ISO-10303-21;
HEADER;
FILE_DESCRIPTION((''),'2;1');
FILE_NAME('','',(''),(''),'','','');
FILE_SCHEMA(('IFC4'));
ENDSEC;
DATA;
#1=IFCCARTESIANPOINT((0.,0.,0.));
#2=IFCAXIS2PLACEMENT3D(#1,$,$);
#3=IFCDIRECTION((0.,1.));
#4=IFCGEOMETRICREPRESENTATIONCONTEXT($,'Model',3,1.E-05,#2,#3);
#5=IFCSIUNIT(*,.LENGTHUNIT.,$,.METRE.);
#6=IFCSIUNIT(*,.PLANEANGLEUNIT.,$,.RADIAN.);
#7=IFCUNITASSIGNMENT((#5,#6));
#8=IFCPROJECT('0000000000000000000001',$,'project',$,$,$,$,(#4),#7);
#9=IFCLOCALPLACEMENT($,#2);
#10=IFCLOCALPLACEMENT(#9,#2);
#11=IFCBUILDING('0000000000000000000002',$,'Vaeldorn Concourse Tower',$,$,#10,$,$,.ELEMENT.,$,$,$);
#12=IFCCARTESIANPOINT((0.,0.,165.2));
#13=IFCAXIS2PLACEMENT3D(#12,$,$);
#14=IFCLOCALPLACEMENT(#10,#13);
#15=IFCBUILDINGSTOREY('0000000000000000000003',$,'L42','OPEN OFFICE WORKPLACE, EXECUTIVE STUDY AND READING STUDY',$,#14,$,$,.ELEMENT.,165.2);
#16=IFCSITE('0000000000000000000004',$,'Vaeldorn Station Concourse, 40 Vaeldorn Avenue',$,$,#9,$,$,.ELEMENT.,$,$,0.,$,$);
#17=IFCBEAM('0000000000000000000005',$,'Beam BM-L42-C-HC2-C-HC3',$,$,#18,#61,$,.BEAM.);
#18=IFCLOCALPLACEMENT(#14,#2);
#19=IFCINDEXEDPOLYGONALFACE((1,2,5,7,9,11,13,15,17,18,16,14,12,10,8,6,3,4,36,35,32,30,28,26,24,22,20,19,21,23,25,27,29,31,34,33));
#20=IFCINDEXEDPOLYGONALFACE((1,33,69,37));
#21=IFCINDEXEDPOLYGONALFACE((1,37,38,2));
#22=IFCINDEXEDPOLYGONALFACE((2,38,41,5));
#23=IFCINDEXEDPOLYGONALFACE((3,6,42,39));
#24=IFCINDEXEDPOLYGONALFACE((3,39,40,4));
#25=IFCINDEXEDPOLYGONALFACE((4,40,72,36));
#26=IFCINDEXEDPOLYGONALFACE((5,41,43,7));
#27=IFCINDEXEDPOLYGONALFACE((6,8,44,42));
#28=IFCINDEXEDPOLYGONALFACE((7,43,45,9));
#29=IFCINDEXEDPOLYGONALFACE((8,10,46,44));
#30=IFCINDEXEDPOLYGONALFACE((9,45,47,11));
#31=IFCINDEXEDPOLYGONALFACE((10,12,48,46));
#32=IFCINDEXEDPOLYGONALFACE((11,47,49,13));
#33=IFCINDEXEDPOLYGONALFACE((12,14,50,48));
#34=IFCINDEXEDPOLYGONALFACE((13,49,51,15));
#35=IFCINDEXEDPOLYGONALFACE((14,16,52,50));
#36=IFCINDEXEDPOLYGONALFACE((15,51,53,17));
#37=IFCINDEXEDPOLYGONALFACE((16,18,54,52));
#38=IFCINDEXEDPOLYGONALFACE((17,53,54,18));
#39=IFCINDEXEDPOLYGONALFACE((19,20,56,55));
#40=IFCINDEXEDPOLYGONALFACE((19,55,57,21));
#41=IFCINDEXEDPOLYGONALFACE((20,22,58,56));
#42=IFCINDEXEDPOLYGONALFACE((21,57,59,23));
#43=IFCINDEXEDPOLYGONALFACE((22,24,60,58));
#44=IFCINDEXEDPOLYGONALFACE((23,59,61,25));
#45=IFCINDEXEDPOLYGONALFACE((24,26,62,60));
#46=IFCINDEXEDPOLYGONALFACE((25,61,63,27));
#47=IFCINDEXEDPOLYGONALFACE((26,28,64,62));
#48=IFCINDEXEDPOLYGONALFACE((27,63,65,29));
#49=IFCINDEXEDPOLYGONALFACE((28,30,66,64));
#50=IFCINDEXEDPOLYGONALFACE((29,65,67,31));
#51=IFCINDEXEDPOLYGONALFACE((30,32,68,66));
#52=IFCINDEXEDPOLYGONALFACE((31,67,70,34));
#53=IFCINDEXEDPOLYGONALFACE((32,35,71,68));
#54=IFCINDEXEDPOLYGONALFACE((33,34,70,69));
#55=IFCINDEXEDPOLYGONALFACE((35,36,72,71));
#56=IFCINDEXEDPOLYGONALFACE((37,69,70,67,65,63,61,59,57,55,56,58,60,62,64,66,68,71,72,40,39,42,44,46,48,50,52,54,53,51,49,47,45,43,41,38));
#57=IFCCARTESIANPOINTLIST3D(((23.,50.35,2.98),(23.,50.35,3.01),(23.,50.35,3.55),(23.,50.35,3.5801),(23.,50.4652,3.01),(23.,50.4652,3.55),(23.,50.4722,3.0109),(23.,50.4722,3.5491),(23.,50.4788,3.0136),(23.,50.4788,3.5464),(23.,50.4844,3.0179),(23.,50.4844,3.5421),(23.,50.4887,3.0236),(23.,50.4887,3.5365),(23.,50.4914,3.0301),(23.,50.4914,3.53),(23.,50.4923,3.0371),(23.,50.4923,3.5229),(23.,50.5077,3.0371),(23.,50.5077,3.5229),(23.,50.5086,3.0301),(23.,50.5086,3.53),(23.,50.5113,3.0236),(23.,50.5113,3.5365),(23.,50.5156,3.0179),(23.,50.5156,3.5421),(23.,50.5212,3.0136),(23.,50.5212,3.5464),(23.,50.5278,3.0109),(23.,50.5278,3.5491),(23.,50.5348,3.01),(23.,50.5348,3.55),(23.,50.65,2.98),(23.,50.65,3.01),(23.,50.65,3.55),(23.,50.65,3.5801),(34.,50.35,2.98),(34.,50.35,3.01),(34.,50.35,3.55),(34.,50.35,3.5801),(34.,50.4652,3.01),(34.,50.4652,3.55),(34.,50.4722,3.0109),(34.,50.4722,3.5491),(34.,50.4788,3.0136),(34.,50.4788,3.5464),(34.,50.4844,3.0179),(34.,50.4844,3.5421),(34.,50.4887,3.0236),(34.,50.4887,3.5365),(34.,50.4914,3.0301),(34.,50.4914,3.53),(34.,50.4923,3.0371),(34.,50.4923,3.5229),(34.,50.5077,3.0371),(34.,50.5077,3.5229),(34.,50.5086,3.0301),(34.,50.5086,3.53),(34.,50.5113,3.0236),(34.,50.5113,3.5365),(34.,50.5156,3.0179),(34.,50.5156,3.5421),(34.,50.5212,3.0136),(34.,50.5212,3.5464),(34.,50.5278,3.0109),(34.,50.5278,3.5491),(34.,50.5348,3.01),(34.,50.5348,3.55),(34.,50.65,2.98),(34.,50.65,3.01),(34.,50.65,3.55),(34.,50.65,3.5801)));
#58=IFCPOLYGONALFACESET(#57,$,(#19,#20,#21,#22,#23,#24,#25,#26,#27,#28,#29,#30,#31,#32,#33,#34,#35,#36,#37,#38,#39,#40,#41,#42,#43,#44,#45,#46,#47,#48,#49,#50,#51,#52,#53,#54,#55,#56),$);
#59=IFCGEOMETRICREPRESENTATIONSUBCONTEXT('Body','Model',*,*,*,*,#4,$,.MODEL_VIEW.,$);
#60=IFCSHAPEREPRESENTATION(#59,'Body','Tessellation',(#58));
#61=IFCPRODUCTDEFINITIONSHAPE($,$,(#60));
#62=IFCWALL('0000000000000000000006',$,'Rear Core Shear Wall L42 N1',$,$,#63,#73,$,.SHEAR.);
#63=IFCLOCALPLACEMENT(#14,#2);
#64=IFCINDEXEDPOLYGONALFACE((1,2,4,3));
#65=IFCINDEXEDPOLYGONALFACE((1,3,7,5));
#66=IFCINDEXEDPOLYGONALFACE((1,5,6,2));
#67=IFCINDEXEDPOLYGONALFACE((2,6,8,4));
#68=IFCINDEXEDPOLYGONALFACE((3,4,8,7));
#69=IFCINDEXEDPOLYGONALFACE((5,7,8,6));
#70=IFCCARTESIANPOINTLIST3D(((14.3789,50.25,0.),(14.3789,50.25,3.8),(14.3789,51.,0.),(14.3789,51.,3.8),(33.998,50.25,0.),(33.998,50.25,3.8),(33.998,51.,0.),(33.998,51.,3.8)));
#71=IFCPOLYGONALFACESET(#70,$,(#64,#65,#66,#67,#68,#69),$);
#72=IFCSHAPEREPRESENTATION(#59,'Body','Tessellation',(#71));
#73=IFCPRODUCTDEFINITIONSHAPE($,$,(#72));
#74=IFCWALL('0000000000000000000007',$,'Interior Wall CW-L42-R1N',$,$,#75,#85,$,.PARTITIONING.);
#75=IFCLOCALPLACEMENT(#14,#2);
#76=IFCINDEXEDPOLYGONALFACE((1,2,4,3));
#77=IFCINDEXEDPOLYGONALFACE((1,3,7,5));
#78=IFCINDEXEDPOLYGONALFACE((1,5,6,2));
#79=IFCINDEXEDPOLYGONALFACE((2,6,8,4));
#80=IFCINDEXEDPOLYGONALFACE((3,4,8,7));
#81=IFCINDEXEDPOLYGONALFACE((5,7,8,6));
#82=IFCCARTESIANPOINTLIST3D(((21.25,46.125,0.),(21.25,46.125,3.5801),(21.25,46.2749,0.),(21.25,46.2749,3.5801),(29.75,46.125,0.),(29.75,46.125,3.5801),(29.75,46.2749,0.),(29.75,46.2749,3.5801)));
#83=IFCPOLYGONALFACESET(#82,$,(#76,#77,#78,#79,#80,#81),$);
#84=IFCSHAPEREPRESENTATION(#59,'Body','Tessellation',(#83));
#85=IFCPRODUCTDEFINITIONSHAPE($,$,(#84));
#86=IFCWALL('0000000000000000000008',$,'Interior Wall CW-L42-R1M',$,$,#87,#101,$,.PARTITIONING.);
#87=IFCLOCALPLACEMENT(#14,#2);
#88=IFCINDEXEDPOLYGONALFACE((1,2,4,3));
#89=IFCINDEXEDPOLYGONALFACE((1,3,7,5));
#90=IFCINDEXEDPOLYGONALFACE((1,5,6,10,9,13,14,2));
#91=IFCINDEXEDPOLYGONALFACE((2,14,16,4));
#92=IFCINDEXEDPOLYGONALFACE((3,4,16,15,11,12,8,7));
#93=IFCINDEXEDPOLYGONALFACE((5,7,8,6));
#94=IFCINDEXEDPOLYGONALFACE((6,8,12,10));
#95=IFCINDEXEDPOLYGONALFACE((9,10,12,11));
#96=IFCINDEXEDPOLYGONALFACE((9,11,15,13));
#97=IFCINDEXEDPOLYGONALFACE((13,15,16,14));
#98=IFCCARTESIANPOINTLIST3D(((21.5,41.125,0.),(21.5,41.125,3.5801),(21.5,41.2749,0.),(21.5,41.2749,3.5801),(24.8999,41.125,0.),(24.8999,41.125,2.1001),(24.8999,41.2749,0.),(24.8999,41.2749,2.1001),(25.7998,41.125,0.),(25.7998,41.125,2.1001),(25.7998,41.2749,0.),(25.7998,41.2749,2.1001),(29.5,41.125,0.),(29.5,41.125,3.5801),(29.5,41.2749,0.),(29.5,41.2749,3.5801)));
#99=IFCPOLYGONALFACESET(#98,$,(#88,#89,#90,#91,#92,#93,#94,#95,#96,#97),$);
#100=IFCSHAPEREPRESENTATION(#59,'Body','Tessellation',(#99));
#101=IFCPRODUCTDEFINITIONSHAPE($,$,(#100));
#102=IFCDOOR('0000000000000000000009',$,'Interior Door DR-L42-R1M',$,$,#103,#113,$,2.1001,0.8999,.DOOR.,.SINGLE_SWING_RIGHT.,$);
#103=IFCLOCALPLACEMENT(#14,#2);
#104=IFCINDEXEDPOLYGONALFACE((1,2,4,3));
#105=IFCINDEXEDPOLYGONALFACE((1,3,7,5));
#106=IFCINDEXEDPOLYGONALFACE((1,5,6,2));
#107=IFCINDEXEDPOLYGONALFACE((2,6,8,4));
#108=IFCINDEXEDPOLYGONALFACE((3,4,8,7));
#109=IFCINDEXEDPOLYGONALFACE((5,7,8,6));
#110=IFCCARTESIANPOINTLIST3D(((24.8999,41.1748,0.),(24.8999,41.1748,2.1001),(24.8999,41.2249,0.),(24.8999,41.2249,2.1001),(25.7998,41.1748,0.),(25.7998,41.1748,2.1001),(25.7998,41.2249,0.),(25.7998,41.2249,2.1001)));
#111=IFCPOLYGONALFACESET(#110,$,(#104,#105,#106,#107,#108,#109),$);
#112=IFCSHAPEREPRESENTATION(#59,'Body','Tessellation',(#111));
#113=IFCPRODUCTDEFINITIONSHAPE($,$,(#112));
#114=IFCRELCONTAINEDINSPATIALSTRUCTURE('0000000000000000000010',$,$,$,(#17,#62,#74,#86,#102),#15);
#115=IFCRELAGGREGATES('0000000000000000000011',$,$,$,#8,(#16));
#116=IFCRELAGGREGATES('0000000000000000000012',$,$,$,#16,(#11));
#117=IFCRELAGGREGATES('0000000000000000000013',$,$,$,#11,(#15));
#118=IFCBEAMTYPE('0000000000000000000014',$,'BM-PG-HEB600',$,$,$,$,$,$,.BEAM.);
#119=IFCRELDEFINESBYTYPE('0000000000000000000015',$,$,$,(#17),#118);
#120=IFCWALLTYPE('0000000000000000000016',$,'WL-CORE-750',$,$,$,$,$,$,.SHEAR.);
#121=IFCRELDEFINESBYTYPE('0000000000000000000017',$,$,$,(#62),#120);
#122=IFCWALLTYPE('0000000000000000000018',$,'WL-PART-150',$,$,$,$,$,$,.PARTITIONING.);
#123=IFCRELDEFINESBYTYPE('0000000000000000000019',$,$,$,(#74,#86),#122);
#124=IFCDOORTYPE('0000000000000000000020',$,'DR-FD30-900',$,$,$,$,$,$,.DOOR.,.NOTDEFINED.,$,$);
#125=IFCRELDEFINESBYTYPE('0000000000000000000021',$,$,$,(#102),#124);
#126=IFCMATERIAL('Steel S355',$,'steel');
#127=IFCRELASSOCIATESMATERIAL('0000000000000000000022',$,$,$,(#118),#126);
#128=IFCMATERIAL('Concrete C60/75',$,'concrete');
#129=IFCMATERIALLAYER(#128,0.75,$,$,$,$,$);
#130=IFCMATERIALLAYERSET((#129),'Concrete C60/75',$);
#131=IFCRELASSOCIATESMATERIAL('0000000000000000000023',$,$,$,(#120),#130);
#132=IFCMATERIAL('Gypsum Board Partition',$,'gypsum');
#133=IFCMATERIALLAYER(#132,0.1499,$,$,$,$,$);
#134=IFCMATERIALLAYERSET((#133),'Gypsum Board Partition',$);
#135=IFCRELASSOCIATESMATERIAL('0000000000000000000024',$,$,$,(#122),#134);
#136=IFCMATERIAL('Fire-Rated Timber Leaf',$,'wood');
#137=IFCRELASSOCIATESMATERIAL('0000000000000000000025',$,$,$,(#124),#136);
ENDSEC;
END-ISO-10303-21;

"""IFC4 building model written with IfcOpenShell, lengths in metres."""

from ifc_helpers import new_model, si_unit, direction, frame, frame_2d, origin, origin_2d, place, context, subcontext, project, spatial, rectangle, i_section, extrude, source, transform, mapped, material, layer, layer_set, material_profile, profile_set, type_object, element, fill, save


model = new_model("IFC4")

# Units and contexts
model_context = context("Model", 3, precision=1e-05, world=origin(), true_north=direction((0.0, 1.0)))
body_context = subcontext(model_context, "Body", "Model", "MODEL_VIEW")
ifc_project = project(units=[si_unit("LENGTHUNIT", "METRE"), si_unit("PLANEANGLEUNIT", "RADIAN")], contexts=[model_context])

# Site, building, storey
site_placement = place(None, origin())
site = spatial("IfcSite", under=ifc_project, at=site_placement, Name="Vaeldorn Station Concourse, 40 Vaeldorn Avenue", CompositionType="ELEMENT", RefElevation=0.0)
building_placement = place(site_placement, origin())
building = spatial("IfcBuilding", under=site, at=building_placement, Name="Vaeldorn Concourse Tower", CompositionType="ELEMENT")
storey_placement = place(building_placement, frame((0.0, 0.0, 165.2)))
storey = spatial("IfcBuildingStorey", under=building, at=storey_placement, Name="L42", Description="OPEN OFFICE WORKPLACE, EXECUTIVE STUDY AND READING STUDY", CompositionType="ELEMENT", Elevation=165.2)

# Beam
ifc_material_1 = material(Name="Steel S355", Category="steel")
ifc_material_profile_1 = material_profile(ifc_material_1, i_section(OverallWidth=0.3, OverallDepth=0.6001, WebThickness=0.0154, FlangeThickness=0.03, FilletRadius=0.0271, at=origin_2d()), Name="HEB 600")
ifc_profile_set_1 = profile_set([ifc_material_profile_1], Name="Steel S355")
beam_type_1 = type_object("IfcBeamType", Name="BM-PG-HEB600", PredefinedType="BEAM", material=ifc_profile_set_1)
shared_shape_1 = source(origin(), body_context, "Body", "SweptSolid", [
    extrude(i_section(OverallWidth=0.3, OverallDepth=0.6001, WebThickness=0.0154, FlangeThickness=0.03, FilletRadius=0.0271, at=origin_2d()), origin(), (0.0, 0.0, 1.0), 11.0),
])
beam_1_placement = place(storey_placement, frame((23.0, 50.5, 3.28), z_axis=(1.0, 0.0, 0.0), x_axis=(0.0, 1.0, 0.0)))
element("IfcBeam", 1, at=beam_1_placement, inside=storey, type_object=beam_type_1, Name="Beam BM-L42-C-HC2-C-HC3", PredefinedType="BEAM", context=body_context, shape_type="MappedRepresentation", body=[
    mapped(shared_shape_1, transform((0.0, 0.0, 0.0), scale=1.0)),
])

# Walls
ifc_material_2 = material(Name="Concrete C60/75", Category="concrete")
ifc_layer_1 = layer(ifc_material_2, 0.75)
ifc_layer_set_1 = layer_set([ifc_layer_1], Name="Concrete C60/75")
wall_type_1 = type_object("IfcWallType", Name="WL-CORE-750", PredefinedType="SHEAR", material=ifc_layer_set_1)
wall_1_placement = place(storey_placement, frame((14.3789, 50.625, 0.0), z_axis=(0.0, 0.0, 1.0), x_axis=(1.0, 0.0, 0.0)))
element("IfcWall", 2, at=wall_1_placement, inside=storey, type_object=wall_type_1, Name="Rear Core Shear Wall L42 N1", PredefinedType="SHEAR", context=body_context, shape_type="SweptSolid", body=[
    extrude(rectangle(XDim=19.6191, YDim=0.75, at=frame_2d((9.8096, 0.0))), origin(), (0.0, 0.0, 1.0), 3.8),
])
ifc_material_3 = material(Name="Gypsum Board Partition", Category="gypsum")
ifc_layer_2 = layer(ifc_material_3, 0.1499)
ifc_layer_set_2 = layer_set([ifc_layer_2], Name="Gypsum Board Partition")
wall_type_2 = type_object("IfcWallType", Name="WL-PART-150", PredefinedType="PARTITIONING", material=ifc_layer_set_2)
wall_2_placement = place(storey_placement, frame((21.25, 46.2, 0.0), z_axis=(0.0, 0.0, 1.0), x_axis=(1.0, 0.0, 0.0)))
element("IfcWall", 3, at=wall_2_placement, inside=storey, type_object=wall_type_2, Name="Interior Wall CW-L42-R1N", PredefinedType="PARTITIONING", context=body_context, shape_type="SweptSolid", body=[
    extrude(rectangle(XDim=8.5, YDim=0.1499, at=frame_2d((4.25, 0.0))), origin(), (0.0, 0.0, 1.0), 3.5801),
])

# Wall, opening, door
wall_3_placement = place(storey_placement, frame((21.5, 41.2, 0.0), z_axis=(0.0, 0.0, 1.0), x_axis=(1.0, 0.0, 0.0)))
wall_3 = element("IfcWall", 4, at=wall_3_placement, inside=storey, type_object=wall_type_2, Name="Interior Wall CW-L42-R1M", PredefinedType="PARTITIONING", context=body_context, shape_type="SweptSolid", body=[
    extrude(rectangle(XDim=8.0, YDim=0.1499, at=frame_2d((4.0, 0.0))), origin(), (0.0, 0.0, 1.0), 3.5801),
])
opening_1_placement = place(wall_3_placement, frame((3.3999, 0.0, 0.0)))
opening_1 = element("IfcOpeningElement", 5, at=opening_1_placement, cuts=wall_3, PredefinedType="OPENING", context=body_context, shape_type="SweptSolid", body=[
    extrude(rectangle(XDim=0.8999, YDim=2.1001, at=frame_2d((0.45, 1.05))), frame((0.0, 0.085, 0.0), z_axis=(0.0, -1.0, 0.0), x_axis=(1.0, 0.0, 0.0)), (0.0, 0.0, 1.0), 0.1699),
])
ifc_material_4 = material(Name="Fire-Rated Timber Leaf", Category="wood")
door_type_1 = type_object("IfcDoorType", Name="DR-FD30-900", OperationType="NOTDEFINED", PredefinedType="DOOR", material=ifc_material_4)
shared_shape_2 = source(origin(), body_context, "Body", "SweptSolid", [
    extrude(rectangle(XDim=0.8999, YDim=2.1001, at=frame_2d((0.45, 1.05))), frame((0.0, 0.0249, 0.0), z_axis=(0.0, -1.0, 0.0), x_axis=(1.0, 0.0, 0.0)), (0.0, 0.0, 1.0), 0.05),
])
door_1_placement = place(opening_1_placement, origin())
door_1 = element("IfcDoor", 6, at=door_1_placement, inside=storey, type_object=door_type_1, Name="Interior Door DR-L42-R1M", OperationType="SINGLE_SWING_RIGHT", OverallHeight=2.1001, OverallWidth=0.8999, PredefinedType="DOOR", context=body_context, shape_type="MappedRepresentation", body=[
    mapped(shared_shape_2, transform((0.0, 0.0, 0.0), scale=1.0)),
])
fill(opening_1, door_1)

save(model, "model.ifc")
